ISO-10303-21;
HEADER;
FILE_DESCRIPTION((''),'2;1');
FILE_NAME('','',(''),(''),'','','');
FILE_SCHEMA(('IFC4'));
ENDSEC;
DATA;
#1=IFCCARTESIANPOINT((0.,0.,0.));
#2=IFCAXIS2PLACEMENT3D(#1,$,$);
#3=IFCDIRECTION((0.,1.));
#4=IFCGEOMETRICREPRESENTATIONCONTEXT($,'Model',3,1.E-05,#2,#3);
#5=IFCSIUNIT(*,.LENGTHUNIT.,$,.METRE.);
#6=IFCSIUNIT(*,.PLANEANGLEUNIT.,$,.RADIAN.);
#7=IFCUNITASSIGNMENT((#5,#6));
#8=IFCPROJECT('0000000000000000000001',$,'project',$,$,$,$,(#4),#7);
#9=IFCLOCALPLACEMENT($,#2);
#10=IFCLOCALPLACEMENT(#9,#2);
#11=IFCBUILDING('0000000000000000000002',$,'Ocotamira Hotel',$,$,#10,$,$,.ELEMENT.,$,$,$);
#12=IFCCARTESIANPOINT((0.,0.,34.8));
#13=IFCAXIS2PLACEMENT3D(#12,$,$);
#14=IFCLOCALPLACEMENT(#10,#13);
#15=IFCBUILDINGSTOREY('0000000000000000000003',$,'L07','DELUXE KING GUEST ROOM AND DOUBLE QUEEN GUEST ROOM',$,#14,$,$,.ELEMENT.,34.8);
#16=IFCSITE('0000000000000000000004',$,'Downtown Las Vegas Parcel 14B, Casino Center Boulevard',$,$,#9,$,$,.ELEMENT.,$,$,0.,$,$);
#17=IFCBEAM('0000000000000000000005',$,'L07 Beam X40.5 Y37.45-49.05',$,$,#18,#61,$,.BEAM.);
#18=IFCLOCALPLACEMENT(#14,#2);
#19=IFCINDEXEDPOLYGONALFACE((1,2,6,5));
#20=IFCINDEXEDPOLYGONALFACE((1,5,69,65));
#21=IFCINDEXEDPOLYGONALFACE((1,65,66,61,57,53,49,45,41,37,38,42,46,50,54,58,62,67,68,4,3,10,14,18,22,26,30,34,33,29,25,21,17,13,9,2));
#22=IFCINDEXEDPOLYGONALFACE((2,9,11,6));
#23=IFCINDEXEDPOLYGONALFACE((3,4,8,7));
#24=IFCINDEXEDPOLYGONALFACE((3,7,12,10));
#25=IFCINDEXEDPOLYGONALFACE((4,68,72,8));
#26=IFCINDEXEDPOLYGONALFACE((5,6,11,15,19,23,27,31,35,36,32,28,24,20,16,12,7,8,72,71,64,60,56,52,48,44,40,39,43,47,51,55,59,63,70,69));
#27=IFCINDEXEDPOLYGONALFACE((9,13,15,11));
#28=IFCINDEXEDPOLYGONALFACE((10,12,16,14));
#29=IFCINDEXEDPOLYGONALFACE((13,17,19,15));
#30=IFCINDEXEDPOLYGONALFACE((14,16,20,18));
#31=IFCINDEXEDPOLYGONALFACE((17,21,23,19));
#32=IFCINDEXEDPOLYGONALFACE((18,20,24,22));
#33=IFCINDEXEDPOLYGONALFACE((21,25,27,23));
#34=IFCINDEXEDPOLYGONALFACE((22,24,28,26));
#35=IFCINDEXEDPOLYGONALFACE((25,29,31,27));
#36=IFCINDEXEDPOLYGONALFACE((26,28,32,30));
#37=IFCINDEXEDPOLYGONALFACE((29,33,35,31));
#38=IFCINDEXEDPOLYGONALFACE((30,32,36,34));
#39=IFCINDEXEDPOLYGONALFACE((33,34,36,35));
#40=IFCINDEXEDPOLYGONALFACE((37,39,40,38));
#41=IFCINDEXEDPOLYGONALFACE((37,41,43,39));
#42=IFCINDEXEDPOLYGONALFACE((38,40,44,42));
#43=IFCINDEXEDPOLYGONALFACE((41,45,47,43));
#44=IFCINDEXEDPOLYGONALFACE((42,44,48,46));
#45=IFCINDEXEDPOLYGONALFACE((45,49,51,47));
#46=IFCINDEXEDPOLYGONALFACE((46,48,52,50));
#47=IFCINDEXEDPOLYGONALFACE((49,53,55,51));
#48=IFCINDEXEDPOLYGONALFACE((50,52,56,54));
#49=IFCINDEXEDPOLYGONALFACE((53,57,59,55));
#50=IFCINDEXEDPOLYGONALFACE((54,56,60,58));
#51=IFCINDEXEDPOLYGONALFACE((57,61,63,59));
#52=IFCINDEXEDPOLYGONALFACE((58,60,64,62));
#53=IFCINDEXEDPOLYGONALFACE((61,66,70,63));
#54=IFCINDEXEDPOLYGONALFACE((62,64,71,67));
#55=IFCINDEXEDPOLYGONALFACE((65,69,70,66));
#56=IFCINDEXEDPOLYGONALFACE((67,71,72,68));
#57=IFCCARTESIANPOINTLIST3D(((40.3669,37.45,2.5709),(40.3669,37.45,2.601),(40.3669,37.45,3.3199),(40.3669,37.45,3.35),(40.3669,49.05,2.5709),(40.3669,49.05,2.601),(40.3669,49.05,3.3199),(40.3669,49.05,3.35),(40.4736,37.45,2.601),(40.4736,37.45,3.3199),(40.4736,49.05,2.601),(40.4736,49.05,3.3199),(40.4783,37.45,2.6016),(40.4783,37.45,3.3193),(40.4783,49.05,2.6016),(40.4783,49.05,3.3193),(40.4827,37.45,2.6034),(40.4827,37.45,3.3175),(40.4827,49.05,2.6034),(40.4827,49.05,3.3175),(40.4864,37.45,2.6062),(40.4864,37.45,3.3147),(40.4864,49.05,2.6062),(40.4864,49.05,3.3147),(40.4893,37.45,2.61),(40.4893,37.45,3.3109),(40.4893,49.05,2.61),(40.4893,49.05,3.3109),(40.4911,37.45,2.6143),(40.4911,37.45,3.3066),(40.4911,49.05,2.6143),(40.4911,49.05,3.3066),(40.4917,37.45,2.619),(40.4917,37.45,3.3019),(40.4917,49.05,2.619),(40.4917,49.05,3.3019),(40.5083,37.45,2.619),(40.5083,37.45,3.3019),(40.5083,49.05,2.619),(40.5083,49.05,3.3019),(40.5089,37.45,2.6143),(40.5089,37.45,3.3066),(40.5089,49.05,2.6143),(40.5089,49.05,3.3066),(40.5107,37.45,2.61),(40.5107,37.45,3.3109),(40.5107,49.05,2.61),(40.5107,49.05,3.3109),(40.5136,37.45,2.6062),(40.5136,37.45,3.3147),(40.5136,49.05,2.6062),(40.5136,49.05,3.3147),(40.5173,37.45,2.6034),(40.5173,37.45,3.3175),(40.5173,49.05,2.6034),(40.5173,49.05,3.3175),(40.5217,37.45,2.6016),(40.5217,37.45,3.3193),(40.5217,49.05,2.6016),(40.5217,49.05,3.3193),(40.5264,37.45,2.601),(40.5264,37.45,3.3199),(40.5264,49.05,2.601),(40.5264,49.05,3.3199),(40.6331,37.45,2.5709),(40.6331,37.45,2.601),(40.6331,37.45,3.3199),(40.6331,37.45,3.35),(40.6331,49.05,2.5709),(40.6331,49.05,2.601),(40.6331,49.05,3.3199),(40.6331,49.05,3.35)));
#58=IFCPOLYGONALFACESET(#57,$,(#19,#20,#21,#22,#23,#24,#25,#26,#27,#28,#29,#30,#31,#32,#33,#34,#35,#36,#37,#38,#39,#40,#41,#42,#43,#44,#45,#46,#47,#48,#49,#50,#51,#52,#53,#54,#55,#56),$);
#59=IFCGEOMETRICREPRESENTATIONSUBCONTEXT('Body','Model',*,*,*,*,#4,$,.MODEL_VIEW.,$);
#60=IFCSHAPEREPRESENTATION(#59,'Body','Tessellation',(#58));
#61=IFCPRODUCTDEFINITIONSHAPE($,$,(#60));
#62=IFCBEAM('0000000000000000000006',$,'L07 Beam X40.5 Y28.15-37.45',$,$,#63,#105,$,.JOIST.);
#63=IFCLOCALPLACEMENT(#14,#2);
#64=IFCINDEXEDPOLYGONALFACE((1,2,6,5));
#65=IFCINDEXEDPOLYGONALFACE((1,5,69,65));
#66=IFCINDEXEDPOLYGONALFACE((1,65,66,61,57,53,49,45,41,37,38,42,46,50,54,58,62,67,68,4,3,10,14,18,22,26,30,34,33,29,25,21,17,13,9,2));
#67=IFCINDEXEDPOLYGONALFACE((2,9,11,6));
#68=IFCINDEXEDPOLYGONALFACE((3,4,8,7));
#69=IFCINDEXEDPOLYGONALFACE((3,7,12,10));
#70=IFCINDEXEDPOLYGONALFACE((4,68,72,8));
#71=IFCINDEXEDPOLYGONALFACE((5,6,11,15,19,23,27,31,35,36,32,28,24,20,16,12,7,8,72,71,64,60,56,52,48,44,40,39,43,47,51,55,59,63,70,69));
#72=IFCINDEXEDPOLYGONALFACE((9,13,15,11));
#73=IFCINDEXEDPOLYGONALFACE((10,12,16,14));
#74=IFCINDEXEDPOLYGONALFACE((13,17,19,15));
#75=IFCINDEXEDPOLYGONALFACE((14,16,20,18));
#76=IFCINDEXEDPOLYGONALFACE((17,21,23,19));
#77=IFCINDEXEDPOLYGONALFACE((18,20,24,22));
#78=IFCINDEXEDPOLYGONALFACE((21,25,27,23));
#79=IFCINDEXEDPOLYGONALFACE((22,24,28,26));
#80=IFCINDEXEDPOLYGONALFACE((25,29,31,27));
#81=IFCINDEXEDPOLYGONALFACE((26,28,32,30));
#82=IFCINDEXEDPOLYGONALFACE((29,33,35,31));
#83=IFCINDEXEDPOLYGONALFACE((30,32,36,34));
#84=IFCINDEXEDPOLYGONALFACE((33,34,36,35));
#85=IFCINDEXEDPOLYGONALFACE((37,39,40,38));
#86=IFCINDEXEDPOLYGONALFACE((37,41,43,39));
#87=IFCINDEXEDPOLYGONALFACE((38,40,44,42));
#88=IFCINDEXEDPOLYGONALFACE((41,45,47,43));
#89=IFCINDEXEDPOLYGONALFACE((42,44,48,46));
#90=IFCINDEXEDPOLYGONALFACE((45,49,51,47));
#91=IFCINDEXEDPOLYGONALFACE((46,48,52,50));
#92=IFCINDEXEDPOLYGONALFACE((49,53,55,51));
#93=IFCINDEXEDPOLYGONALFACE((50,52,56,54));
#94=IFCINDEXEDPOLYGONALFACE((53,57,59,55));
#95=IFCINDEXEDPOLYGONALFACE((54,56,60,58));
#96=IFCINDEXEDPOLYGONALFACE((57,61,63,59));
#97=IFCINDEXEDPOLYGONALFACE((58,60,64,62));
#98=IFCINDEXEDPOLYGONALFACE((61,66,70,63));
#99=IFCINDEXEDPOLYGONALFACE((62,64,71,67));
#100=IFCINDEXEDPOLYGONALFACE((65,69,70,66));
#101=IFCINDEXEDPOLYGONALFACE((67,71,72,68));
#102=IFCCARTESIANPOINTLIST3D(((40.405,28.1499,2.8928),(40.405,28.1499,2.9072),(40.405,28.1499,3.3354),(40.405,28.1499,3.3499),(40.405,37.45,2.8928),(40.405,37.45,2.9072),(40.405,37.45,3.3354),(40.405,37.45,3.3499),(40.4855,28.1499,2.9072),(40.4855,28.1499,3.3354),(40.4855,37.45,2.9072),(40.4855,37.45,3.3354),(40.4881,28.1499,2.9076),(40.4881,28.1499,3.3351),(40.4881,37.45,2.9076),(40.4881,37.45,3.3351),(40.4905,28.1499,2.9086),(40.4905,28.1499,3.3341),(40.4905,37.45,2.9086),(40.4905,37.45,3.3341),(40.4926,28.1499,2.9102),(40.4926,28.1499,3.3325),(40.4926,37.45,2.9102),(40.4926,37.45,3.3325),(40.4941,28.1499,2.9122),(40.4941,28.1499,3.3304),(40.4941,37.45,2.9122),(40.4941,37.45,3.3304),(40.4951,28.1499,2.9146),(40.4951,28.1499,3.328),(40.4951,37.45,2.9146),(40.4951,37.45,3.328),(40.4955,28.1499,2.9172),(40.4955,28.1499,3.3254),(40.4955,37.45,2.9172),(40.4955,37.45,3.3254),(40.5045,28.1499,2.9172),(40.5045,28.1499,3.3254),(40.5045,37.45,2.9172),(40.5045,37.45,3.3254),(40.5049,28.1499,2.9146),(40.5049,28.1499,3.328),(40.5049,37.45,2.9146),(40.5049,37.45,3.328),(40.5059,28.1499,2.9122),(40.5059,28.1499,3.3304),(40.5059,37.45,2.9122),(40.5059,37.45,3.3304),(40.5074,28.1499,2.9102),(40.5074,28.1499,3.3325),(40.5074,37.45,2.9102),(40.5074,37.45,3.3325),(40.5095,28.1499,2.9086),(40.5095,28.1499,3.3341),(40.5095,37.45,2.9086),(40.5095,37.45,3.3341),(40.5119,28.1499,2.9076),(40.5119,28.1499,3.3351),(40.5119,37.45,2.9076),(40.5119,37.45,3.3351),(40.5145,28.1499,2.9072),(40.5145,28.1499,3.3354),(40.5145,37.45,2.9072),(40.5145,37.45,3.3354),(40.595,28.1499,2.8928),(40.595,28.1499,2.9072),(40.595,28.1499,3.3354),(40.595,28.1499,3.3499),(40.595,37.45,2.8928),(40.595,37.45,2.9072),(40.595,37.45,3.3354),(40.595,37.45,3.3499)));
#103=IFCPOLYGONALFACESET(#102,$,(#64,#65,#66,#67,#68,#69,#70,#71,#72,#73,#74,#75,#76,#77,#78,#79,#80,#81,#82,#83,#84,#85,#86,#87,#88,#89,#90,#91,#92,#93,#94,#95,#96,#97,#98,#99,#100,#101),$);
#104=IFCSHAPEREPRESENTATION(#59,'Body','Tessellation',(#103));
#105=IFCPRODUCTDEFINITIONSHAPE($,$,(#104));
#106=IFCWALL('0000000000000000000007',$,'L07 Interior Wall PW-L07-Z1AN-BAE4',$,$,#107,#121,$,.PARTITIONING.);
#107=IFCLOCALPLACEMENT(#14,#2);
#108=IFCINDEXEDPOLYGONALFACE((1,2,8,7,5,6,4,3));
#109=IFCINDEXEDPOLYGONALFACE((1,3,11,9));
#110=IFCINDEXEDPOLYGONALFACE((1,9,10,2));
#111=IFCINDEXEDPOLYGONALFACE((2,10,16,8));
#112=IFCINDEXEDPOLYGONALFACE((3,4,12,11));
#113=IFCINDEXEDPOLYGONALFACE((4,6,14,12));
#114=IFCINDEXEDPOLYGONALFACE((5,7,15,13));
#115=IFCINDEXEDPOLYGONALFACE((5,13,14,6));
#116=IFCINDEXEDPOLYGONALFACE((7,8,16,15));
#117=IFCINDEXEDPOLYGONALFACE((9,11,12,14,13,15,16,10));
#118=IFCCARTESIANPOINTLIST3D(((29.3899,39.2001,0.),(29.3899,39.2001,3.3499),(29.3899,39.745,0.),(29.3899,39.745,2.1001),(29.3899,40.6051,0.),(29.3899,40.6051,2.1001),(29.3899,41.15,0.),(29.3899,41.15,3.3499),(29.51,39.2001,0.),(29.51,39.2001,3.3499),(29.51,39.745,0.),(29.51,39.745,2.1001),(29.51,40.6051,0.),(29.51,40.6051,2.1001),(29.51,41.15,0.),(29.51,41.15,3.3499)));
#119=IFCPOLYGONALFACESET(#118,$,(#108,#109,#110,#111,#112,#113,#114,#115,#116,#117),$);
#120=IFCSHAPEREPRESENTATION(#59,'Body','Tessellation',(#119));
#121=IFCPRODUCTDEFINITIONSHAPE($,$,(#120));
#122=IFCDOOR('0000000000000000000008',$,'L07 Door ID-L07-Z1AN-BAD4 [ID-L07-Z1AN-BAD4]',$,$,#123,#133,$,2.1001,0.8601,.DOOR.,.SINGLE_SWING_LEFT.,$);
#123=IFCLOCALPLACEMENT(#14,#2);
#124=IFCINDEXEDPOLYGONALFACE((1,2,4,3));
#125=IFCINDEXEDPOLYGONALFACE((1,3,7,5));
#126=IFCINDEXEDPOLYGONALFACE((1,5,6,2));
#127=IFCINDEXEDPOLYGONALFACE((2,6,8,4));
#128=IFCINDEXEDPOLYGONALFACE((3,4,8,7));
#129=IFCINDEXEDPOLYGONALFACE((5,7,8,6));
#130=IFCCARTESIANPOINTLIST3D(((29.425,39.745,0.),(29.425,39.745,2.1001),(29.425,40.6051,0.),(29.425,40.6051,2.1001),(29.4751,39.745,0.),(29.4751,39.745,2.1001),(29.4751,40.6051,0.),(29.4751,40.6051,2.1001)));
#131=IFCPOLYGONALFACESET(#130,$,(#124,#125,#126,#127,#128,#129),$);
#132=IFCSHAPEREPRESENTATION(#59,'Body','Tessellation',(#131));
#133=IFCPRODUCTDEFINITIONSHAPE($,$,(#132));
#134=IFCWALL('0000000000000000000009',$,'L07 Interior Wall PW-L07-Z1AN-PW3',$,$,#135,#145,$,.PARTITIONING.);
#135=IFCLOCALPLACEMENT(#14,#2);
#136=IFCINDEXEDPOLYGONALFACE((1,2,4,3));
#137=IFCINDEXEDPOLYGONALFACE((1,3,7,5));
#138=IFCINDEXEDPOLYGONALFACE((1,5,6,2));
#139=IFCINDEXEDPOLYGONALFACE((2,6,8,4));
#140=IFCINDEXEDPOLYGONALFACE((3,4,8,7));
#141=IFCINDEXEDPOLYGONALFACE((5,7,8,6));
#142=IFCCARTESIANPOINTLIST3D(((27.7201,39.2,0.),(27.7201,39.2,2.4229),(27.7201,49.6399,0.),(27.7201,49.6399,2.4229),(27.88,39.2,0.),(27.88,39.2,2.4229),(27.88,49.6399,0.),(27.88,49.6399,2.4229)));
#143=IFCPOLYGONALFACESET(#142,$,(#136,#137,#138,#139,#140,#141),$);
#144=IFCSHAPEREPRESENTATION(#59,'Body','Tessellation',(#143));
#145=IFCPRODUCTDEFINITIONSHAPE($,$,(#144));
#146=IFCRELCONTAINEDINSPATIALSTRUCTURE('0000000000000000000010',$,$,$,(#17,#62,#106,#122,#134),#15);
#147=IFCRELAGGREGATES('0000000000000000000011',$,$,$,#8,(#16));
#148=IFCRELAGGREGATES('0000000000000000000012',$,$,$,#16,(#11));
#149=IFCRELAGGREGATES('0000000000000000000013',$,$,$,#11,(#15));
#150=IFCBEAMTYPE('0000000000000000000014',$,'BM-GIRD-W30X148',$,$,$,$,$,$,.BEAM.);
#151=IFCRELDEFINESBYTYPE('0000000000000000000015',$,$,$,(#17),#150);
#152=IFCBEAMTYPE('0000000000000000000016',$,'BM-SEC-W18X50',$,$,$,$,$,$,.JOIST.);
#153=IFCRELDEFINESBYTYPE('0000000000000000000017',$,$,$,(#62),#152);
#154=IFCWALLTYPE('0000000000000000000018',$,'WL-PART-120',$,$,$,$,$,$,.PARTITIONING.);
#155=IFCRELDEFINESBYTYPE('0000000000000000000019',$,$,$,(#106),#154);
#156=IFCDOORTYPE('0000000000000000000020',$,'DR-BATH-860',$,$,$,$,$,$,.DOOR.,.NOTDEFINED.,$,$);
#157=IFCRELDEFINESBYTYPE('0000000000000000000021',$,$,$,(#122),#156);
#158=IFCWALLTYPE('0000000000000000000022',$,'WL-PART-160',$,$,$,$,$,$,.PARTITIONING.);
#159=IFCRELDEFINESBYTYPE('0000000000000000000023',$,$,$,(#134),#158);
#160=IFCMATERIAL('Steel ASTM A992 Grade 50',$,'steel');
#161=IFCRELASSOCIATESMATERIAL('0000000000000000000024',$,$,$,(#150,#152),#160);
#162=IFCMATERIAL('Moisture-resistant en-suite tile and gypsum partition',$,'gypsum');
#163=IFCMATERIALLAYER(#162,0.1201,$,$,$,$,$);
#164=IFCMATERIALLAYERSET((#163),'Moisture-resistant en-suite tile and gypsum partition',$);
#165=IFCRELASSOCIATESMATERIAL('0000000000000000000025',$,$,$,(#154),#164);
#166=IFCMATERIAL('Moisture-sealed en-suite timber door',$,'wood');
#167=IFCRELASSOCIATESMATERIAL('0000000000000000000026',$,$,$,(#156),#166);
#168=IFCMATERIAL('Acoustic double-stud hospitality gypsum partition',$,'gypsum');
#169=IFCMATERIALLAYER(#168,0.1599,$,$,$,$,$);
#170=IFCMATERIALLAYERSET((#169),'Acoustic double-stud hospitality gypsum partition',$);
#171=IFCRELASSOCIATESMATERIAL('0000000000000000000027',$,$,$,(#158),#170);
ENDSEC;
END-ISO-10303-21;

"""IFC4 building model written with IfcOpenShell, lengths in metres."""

from ifc_helpers import new_model, si_unit, direction, frame, frame_2d, origin, origin_2d, place, context, subcontext, project, spatial, rectangle, i_section, extrude, source, transform, mapped, material, layer, layer_set, material_profile, profile_set, type_object, element, fill, save


model = new_model("IFC4")

# Units and contexts
model_context = context("Model", 3, precision=1e-05, world=origin(), true_north=direction((0.0, 1.0)))
body_context = subcontext(model_context, "Body", "Model", "MODEL_VIEW")
ifc_project = project(units=[si_unit("LENGTHUNIT", "METRE"), si_unit("PLANEANGLEUNIT", "RADIAN")], contexts=[model_context])

# Site, building, storey
site_placement = place(None, origin())
site = spatial("IfcSite", under=ifc_project, at=site_placement, Name="Downtown Las Vegas Parcel 14B, Casino Center Boulevard", CompositionType="ELEMENT", RefElevation=0.0)
building_placement = place(site_placement, origin())
building = spatial("IfcBuilding", under=site, at=building_placement, Name="Ocotamira Hotel", CompositionType="ELEMENT")
storey_placement = place(building_placement, frame((0.0, 0.0, 34.8)))
storey = spatial("IfcBuildingStorey", under=building, at=storey_placement, Name="L07", Description="DELUXE KING GUEST ROOM AND DOUBLE QUEEN GUEST ROOM", CompositionType="ELEMENT", Elevation=34.8)

# Beams
ifc_material_1 = material(Name="Steel ASTM A992 Grade 50", Category="steel")
ifc_material_profile_1 = material_profile(ifc_material_1, i_section(OverallWidth=0.2661, OverallDepth=0.7791, WebThickness=0.0166, FlangeThickness=0.03, FilletRadius=0.0181, at=origin_2d()), Name="W30X148")
ifc_profile_set_1 = profile_set([ifc_material_profile_1], Name="Steel ASTM A992 Grade 50")
beam_type_1 = type_object("IfcBeamType", Name="BM-GIRD-W30X148", PredefinedType="BEAM", material=ifc_profile_set_1)
shared_shape_1 = source(origin(), body_context, "Body", "SweptSolid", [
    extrude(i_section(OverallWidth=0.2661, OverallDepth=0.7791, WebThickness=0.0166, FlangeThickness=0.03, FilletRadius=0.0181, at=origin_2d()), origin(), (0.0, 0.0, 1.0), 11.6001),
])
beam_1_placement = place(storey_placement, frame((40.5, 37.45, 2.9604), z_axis=(0.0, 1.0, 0.0), x_axis=(-1.0, 0.0, 0.0)))
element("IfcBeam", 1, at=beam_1_placement, inside=storey, type_object=beam_type_1, Name="L07 Beam X40.5 Y37.45-49.05", PredefinedType="BEAM", context=body_context, shape_type="MappedRepresentation", body=[
    mapped(shared_shape_1, transform((0.0, 0.0, 0.0), scale=1.0)),
])
ifc_material_profile_2 = material_profile(ifc_material_1, i_section(OverallWidth=0.1899, OverallDepth=0.457, WebThickness=0.009, FlangeThickness=0.0144, FilletRadius=0.01, at=origin_2d()), Name="W18X50")
ifc_profile_set_2 = profile_set([ifc_material_profile_2], Name="Steel ASTM A992 Grade 50")
beam_type_2 = type_object("IfcBeamType", Name="BM-SEC-W18X50", PredefinedType="JOIST", material=ifc_profile_set_2)
shared_shape_2 = source(origin(), body_context, "Body", "SweptSolid", [
    extrude(i_section(OverallWidth=0.1899, OverallDepth=0.457, WebThickness=0.009, FlangeThickness=0.0144, FilletRadius=0.01, at=origin_2d()), origin(), (0.0, 0.0, 1.0), 9.3),
])
beam_2_placement = place(storey_placement, frame((40.5, 28.1499, 3.1213), z_axis=(0.0, 1.0, 0.0), x_axis=(-1.0, 0.0, 0.0)))
element("IfcBeam", 2, at=beam_2_placement, inside=storey, type_object=beam_type_2, Name="L07 Beam X40.5 Y28.15-37.45", PredefinedType="JOIST", context=body_context, shape_type="MappedRepresentation", body=[
    mapped(shared_shape_2, transform((0.0, 0.0, 0.0), scale=1.0)),
])

# Wall, opening, door
ifc_material_2 = material(Name="Moisture-resistant en-suite tile and gypsum partition", Category="gypsum")
ifc_layer_1 = layer(ifc_material_2, 0.1201)
ifc_layer_set_1 = layer_set([ifc_layer_1], Name="Moisture-resistant en-suite tile and gypsum partition")
wall_type_1 = type_object("IfcWallType", Name="WL-PART-120", PredefinedType="PARTITIONING", material=ifc_layer_set_1)
wall_1_placement = place(storey_placement, frame((29.45, 39.2, 0.0), z_axis=(0.0, 0.0, 1.0), x_axis=(0.0, 1.0, 0.0)))
wall_1 = element("IfcWall", 3, at=wall_1_placement, inside=storey, type_object=wall_type_1, Name="L07 Interior Wall PW-L07-Z1AN-BAE4", PredefinedType="PARTITIONING", context=body_context, shape_type="SweptSolid", body=[
    extrude(rectangle(XDim=1.95, YDim=0.1201, at=frame_2d((0.9751, 0.0))), origin(), (0.0, 0.0, 1.0), 3.3499),
])
opening_1_placement = place(wall_1_placement, frame((0.5449, 0.0, 0.0)))
opening_1 = element("IfcOpeningElement", 4, at=opening_1_placement, cuts=wall_1, PredefinedType="OPENING", context=body_context, shape_type="SweptSolid", body=[
    extrude(rectangle(XDim=0.8601, YDim=2.1001, at=frame_2d((0.4302, 1.05))), frame((0.0, 0.0701, 0.0), z_axis=(0.0, -1.0, 0.0), x_axis=(1.0, 0.0, 0.0)), (0.0, 0.0, 1.0), 0.1401),
])
ifc_material_3 = material(Name="Moisture-sealed en-suite timber door", Category="wood")
door_type_1 = type_object("IfcDoorType", Name="DR-BATH-860", OperationType="NOTDEFINED", PredefinedType="DOOR", material=ifc_material_3)
shared_shape_3 = source(origin(), body_context, "Body", "SweptSolid", [
    extrude(rectangle(XDim=0.8601, YDim=2.1001, at=frame_2d((0.4302, 1.05))), frame((0.0, 0.0249, 0.0), z_axis=(0.0, -1.0, 0.0), x_axis=(1.0, 0.0, 0.0)), (0.0, 0.0, 1.0), 0.05),
])
door_1_placement = place(opening_1_placement, origin())
door_1 = element("IfcDoor", 5, at=door_1_placement, inside=storey, type_object=door_type_1, Name="L07 Door ID-L07-Z1AN-BAD4 [ID-L07-Z1AN-BAD4]", OperationType="SINGLE_SWING_LEFT", OverallHeight=2.1001, OverallWidth=0.8601, PredefinedType="DOOR", context=body_context, shape_type="MappedRepresentation", body=[
    mapped(shared_shape_3, transform((0.0, 0.0, 0.0), scale=1.0)),
])
fill(opening_1, door_1)

# Wall
ifc_material_4 = material(Name="Acoustic double-stud hospitality gypsum partition", Category="gypsum")
ifc_layer_2 = layer(ifc_material_4, 0.1599)
ifc_layer_set_2 = layer_set([ifc_layer_2], Name="Acoustic double-stud hospitality gypsum partition")
wall_type_2 = type_object("IfcWallType", Name="WL-PART-160", PredefinedType="PARTITIONING", material=ifc_layer_set_2)
wall_2_placement = place(storey_placement, frame((27.8, 39.2, 0.0), z_axis=(0.0, 0.0, 1.0), x_axis=(0.0, 1.0, 0.0)))
element("IfcWall", 6, at=wall_2_placement, inside=storey, type_object=wall_type_2, Name="L07 Interior Wall PW-L07-Z1AN-PW3", PredefinedType="PARTITIONING", context=body_context, shape_type="SweptSolid", body=[
    extrude(rectangle(XDim=10.4399, YDim=0.1599, at=frame_2d((5.22, 0.0))), origin(), (0.0, 0.0, 1.0), 2.4229),
])

save(model, "model.ifc")
